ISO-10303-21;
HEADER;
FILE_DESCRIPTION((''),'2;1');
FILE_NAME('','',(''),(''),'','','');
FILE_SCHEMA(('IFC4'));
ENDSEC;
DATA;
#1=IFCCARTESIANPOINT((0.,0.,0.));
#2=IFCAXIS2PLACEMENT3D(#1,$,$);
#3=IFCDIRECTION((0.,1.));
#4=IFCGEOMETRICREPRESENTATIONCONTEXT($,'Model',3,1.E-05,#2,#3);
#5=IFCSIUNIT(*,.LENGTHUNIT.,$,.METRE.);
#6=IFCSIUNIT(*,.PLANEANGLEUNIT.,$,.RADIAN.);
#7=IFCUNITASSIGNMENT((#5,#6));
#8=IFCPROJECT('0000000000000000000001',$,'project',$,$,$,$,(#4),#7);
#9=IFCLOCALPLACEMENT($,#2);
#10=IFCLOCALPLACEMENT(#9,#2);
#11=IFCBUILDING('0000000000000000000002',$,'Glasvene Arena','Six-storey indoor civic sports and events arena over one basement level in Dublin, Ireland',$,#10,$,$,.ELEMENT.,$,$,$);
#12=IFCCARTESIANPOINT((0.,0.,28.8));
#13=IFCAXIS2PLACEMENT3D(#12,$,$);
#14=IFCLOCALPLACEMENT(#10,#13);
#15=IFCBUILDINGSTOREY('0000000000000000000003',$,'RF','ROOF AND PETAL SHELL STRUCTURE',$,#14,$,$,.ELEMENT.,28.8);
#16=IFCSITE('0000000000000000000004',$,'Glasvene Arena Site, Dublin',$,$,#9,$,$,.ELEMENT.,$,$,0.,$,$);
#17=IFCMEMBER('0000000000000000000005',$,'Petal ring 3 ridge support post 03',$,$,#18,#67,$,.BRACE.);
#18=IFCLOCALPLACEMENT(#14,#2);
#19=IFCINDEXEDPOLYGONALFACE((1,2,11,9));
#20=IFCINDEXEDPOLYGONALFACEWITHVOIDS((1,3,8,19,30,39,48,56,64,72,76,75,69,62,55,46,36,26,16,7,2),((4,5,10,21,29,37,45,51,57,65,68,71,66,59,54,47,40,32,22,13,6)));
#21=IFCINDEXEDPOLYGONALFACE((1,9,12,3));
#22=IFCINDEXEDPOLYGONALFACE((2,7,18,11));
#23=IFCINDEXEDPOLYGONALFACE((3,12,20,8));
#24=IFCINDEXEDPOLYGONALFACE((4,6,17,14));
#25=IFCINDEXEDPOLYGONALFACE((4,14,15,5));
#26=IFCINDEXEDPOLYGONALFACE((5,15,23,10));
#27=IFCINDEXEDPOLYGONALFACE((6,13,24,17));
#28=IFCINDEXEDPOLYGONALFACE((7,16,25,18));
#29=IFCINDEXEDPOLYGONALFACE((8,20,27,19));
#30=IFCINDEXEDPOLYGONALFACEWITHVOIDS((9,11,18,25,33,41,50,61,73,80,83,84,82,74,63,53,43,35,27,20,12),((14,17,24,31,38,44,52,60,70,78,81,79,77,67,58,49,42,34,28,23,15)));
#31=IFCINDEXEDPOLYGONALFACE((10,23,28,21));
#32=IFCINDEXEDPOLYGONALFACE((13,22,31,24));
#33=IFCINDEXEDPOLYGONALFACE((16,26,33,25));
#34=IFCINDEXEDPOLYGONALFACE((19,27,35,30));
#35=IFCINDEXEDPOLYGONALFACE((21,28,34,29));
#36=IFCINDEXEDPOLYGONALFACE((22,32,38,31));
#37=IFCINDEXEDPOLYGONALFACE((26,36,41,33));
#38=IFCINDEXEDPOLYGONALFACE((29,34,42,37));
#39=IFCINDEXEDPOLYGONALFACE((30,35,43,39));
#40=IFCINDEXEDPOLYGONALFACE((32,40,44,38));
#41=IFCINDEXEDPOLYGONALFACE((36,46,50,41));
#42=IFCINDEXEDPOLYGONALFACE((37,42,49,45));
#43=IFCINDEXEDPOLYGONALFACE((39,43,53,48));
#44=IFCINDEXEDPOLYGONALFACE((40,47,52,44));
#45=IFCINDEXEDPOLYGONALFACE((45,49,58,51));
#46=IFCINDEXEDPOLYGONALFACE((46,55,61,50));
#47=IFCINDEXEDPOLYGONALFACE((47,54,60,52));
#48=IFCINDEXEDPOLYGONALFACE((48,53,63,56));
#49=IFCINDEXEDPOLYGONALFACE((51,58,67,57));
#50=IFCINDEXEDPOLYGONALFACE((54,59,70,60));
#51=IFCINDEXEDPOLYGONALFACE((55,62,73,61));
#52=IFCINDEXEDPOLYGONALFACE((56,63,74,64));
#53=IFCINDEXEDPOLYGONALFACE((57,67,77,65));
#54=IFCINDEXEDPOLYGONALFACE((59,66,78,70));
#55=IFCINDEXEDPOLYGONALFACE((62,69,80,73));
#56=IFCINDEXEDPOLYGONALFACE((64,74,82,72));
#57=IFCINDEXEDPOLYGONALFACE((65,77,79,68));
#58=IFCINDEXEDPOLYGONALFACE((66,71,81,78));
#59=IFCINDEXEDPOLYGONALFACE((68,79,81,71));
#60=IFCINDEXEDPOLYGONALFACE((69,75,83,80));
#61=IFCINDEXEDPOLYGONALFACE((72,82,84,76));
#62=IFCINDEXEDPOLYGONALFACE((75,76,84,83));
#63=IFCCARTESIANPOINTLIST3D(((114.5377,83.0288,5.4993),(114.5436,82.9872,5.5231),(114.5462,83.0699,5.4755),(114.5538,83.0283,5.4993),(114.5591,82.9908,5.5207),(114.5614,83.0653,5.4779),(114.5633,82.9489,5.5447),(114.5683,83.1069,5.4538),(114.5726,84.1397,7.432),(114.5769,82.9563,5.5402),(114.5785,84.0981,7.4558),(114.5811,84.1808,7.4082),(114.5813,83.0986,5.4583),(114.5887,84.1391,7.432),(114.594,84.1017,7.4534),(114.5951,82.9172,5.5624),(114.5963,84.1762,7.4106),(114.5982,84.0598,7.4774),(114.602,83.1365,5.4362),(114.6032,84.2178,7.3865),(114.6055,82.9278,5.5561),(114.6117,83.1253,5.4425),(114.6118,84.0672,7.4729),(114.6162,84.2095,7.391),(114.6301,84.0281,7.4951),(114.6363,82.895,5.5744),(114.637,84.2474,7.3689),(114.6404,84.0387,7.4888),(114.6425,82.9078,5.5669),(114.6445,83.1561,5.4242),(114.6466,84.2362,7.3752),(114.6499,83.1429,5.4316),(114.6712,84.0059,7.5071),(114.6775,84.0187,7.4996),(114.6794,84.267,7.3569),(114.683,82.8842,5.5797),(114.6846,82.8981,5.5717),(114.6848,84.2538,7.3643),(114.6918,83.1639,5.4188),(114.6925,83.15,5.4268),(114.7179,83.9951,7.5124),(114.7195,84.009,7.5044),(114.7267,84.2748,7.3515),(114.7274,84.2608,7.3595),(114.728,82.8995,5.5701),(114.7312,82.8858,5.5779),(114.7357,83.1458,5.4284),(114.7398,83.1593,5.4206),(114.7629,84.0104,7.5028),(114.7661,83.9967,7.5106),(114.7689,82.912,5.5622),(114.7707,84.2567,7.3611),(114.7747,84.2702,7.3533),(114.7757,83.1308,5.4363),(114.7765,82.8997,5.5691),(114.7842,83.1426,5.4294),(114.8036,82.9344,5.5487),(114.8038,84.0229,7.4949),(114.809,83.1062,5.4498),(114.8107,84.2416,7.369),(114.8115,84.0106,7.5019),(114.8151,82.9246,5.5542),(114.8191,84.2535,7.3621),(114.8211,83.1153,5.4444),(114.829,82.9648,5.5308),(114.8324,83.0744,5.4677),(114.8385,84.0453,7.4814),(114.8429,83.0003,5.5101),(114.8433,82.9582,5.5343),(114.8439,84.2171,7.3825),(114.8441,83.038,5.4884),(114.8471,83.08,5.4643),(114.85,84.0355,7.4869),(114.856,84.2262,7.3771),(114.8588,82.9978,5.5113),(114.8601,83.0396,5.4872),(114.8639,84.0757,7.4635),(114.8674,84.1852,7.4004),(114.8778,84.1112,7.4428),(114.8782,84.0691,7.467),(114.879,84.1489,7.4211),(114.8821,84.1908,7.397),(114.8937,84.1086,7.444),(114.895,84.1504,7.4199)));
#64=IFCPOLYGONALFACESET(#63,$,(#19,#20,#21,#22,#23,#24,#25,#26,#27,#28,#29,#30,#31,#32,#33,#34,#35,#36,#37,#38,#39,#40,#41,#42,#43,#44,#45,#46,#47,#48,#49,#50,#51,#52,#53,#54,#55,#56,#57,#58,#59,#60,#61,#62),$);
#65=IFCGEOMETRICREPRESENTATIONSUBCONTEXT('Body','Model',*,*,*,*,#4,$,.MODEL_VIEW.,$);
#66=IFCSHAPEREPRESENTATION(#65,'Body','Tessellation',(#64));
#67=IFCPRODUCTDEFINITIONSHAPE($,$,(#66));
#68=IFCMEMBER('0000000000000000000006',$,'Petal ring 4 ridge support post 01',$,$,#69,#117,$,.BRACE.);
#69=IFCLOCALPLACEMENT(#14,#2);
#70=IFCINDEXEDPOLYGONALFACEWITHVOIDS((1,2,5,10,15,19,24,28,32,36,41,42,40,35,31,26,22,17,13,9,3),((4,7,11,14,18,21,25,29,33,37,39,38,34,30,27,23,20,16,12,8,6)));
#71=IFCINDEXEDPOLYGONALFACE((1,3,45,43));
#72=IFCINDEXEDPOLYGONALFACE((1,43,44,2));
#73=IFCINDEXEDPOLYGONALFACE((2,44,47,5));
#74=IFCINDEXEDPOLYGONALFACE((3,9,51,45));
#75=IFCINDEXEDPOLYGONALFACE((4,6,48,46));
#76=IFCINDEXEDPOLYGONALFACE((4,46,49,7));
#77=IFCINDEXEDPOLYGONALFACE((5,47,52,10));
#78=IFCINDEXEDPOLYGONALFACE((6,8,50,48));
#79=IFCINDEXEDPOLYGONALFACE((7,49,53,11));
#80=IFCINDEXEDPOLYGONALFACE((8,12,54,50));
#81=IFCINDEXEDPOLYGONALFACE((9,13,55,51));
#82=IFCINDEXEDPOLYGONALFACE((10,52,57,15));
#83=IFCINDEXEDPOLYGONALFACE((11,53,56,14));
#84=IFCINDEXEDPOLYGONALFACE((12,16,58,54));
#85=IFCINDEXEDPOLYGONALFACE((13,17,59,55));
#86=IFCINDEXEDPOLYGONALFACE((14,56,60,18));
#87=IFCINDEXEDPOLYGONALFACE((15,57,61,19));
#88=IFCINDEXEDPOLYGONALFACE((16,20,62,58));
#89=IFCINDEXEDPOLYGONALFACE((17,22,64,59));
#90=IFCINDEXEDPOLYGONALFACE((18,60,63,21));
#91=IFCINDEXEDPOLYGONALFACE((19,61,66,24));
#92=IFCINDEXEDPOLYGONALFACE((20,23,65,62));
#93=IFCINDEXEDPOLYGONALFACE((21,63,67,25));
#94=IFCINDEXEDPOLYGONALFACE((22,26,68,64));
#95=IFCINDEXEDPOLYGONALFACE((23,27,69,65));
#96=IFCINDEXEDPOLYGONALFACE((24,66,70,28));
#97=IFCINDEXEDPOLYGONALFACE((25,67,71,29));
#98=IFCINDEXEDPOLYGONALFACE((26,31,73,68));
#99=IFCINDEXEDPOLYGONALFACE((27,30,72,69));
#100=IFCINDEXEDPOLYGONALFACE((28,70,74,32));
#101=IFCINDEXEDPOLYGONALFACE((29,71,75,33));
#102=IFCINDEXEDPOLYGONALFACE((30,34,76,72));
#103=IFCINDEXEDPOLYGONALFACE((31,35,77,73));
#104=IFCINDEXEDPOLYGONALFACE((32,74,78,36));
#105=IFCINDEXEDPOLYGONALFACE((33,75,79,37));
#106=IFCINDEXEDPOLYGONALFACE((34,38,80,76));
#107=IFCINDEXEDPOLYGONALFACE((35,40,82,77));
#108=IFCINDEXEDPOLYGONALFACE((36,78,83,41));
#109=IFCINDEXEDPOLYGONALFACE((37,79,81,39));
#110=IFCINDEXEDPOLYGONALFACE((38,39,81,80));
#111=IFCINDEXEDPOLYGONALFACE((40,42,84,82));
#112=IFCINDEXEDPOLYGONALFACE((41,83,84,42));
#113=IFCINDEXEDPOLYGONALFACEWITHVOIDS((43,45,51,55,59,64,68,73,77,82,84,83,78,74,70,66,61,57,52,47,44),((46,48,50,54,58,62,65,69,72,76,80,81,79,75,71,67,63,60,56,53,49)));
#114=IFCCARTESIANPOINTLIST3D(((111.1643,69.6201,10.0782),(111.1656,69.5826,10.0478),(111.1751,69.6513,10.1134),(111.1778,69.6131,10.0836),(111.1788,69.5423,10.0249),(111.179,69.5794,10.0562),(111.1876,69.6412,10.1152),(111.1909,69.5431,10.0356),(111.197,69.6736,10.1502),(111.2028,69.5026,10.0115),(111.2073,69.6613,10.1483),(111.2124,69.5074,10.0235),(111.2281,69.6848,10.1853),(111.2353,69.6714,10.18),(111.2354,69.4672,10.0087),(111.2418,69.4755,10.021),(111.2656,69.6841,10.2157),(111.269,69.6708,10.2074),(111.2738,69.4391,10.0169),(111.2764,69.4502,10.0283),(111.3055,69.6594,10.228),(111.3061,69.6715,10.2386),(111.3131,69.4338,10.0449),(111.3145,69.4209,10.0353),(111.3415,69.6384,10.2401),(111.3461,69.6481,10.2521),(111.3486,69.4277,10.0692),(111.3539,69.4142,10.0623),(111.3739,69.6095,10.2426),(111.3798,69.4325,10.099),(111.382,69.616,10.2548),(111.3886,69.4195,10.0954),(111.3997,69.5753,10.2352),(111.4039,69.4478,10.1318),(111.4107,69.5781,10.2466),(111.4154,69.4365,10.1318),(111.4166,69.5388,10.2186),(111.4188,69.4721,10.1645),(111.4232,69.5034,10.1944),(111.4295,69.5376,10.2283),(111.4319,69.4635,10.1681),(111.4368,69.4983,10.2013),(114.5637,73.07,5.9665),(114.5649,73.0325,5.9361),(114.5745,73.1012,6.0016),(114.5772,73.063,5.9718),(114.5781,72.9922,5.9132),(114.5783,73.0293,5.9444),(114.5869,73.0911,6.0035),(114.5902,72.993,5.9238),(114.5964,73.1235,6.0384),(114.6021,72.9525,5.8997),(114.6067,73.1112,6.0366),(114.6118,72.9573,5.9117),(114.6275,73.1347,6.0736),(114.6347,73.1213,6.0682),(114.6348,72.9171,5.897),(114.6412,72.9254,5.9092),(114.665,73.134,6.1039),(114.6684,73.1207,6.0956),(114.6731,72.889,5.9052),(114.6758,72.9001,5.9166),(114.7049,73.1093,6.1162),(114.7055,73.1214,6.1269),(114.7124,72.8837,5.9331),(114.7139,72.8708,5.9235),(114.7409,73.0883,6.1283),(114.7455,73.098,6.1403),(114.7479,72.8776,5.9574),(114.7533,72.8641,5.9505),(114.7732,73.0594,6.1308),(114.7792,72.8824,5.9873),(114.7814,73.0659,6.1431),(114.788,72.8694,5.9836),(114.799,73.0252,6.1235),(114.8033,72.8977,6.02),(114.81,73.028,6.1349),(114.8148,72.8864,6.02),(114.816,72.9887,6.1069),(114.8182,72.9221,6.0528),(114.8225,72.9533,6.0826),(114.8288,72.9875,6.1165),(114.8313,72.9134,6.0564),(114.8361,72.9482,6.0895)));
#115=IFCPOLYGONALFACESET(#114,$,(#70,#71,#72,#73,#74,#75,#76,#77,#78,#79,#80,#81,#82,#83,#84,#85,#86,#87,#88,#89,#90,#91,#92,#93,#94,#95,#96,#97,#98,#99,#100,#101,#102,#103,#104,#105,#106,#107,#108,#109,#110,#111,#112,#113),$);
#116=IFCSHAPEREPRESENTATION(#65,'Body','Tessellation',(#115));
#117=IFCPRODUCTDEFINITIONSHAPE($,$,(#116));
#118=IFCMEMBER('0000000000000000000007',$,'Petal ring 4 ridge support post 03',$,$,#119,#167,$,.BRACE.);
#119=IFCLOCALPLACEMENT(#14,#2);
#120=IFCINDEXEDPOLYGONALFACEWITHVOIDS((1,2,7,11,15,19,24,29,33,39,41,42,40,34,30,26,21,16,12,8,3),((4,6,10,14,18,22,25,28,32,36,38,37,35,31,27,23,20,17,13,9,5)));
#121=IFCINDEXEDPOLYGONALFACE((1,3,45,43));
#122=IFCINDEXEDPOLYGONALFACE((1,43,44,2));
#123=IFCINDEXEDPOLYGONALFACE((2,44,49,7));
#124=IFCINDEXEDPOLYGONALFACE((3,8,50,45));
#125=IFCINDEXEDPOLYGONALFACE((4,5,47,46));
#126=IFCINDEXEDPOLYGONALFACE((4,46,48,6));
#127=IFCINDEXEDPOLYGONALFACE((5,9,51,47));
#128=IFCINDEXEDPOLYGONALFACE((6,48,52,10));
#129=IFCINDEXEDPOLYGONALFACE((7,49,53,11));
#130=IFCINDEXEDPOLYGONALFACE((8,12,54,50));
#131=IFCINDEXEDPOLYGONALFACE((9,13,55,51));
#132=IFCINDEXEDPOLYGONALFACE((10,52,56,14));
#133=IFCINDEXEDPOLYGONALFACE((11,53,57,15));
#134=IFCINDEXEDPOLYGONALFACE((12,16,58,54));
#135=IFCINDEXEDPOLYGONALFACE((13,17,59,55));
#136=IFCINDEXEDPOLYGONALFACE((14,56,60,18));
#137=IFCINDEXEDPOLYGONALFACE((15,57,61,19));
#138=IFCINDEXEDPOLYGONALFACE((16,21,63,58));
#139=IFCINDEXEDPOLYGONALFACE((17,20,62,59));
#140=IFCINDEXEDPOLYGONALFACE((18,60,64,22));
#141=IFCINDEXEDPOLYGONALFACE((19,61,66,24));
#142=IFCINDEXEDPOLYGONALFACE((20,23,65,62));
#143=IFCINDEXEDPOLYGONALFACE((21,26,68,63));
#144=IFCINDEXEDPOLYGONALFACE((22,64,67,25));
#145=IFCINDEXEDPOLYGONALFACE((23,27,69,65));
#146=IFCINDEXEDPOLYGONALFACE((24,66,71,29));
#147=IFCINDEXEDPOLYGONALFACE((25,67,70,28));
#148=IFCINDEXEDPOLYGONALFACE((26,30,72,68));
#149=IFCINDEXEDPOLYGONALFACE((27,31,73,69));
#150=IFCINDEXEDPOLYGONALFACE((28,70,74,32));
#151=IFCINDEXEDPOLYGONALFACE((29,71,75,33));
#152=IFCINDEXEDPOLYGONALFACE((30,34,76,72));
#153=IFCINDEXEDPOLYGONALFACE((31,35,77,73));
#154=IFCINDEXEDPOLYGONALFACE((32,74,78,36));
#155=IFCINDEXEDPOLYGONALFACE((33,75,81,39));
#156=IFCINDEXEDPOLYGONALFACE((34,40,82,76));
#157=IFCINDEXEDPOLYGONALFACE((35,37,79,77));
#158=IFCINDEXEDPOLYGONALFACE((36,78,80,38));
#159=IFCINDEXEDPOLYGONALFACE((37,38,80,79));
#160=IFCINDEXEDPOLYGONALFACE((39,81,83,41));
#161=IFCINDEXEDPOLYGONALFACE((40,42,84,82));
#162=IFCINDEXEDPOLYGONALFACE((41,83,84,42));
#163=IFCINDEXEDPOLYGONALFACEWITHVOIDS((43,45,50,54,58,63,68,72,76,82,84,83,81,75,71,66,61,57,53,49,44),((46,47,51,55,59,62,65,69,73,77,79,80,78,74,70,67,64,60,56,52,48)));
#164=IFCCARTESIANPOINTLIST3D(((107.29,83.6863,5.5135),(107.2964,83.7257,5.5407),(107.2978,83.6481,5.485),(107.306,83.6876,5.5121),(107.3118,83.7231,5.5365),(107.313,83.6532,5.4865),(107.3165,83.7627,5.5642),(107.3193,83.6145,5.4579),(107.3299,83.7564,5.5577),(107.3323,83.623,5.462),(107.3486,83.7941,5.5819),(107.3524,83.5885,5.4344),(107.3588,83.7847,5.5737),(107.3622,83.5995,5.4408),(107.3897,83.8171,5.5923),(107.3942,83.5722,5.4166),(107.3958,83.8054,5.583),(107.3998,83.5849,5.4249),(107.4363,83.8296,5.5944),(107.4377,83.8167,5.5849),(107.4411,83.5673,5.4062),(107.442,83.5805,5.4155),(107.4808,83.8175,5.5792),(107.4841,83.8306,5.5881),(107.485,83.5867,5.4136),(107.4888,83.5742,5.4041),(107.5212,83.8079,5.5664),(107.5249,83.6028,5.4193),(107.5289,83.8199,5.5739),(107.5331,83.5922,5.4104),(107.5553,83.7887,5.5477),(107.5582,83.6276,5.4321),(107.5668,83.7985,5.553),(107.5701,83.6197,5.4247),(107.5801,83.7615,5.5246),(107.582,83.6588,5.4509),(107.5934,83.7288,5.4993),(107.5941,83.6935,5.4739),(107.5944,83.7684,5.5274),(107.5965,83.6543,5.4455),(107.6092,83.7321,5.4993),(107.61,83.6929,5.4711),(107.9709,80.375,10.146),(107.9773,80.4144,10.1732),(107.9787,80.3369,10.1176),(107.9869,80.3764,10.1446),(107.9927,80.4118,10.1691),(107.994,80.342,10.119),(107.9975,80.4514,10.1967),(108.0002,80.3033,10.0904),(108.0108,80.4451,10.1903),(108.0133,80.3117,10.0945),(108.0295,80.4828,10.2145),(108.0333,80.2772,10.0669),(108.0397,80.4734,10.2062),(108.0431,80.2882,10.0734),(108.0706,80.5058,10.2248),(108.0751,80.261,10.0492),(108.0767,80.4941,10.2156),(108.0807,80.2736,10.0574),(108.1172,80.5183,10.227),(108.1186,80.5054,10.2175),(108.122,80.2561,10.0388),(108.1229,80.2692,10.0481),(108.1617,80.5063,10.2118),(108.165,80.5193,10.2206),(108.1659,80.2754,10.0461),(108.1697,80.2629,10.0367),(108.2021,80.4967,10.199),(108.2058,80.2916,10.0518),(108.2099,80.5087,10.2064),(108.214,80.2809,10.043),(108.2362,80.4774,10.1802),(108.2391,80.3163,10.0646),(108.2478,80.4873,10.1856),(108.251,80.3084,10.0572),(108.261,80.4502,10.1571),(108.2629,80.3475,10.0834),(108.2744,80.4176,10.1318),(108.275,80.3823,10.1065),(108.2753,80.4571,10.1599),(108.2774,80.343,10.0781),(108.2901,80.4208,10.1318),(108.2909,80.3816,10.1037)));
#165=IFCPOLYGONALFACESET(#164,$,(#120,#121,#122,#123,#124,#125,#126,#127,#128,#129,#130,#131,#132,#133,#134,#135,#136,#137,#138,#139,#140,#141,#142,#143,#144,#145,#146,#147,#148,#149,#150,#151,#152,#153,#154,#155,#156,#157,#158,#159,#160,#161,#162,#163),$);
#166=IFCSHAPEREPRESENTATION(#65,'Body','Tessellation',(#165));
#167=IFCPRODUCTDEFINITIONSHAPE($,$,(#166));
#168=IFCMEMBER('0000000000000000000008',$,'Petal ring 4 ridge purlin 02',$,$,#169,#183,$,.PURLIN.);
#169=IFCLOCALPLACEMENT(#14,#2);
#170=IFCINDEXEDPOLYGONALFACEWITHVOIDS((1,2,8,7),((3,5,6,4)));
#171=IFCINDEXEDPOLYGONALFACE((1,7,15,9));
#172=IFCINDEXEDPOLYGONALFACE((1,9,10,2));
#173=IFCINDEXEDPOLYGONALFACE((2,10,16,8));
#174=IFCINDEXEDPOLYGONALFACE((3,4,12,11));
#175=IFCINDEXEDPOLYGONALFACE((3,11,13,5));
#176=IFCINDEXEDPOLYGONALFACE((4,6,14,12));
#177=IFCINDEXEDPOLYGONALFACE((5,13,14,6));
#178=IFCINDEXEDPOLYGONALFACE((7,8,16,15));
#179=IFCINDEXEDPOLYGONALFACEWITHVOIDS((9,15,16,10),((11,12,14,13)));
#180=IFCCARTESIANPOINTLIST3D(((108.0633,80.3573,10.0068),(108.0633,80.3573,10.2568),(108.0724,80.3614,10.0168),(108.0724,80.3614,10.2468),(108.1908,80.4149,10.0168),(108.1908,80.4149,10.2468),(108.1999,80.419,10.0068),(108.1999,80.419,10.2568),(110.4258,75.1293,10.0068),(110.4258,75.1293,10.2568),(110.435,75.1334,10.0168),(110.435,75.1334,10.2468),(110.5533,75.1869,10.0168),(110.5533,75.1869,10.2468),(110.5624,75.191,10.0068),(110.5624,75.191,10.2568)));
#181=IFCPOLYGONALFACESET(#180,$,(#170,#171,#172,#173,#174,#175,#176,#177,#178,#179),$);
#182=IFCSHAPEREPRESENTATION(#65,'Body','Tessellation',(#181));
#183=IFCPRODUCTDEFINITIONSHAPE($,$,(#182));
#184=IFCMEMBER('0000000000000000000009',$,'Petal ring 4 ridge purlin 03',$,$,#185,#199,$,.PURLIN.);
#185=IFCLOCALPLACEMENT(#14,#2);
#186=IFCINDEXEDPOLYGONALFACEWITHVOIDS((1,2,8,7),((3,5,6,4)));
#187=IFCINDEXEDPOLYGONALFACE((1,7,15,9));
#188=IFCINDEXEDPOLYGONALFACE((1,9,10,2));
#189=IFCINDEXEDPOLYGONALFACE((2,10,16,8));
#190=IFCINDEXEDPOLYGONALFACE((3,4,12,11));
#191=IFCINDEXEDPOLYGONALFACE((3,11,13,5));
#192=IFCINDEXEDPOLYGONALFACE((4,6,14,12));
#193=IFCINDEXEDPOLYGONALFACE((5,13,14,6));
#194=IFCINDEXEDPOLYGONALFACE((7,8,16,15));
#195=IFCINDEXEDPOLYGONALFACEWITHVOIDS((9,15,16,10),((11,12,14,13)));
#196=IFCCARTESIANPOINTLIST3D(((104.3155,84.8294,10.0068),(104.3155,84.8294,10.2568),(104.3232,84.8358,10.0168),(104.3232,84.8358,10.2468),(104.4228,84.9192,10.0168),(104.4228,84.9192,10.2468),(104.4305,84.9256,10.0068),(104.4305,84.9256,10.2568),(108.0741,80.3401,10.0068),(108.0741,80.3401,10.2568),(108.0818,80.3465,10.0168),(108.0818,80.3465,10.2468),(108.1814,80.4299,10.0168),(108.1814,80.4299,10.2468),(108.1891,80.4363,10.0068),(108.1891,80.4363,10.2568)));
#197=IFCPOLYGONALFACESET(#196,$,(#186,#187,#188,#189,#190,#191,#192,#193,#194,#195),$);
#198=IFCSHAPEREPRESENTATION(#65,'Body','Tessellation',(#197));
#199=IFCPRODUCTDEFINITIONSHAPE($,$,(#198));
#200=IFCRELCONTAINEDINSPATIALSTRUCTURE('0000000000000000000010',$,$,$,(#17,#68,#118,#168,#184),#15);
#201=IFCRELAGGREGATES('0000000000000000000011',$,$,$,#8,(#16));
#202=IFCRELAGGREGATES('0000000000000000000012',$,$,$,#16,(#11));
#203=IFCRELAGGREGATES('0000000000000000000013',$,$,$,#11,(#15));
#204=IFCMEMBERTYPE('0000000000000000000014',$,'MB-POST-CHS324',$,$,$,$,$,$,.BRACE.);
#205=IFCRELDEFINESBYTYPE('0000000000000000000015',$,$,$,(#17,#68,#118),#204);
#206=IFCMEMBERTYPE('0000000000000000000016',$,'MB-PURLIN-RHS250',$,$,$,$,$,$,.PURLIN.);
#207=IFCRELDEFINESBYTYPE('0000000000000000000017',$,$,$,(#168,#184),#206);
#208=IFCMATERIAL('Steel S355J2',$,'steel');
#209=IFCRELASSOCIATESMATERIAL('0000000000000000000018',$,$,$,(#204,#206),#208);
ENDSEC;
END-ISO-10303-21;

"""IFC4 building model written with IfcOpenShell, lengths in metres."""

from ifc_helpers import new_model, si_unit, direction, frame, origin, origin_2d, place, context, subcontext, project, spatial, hollow_rectangle, hollow_circle, extrude, material, material_profile, profile_set, type_object, element, save


model = new_model("IFC4")

# Units and contexts
model_context = context("Model", 3, precision=1e-05, world=origin(), true_north=direction((0.0, 1.0)))
body_context = subcontext(model_context, "Body", "Model", "MODEL_VIEW")
ifc_project = project(units=[si_unit("LENGTHUNIT", "METRE"), si_unit("PLANEANGLEUNIT", "RADIAN")], contexts=[model_context])

# Site, building, storey
site_placement = place(None, origin())
site = spatial("IfcSite", under=ifc_project, at=site_placement, Name="Glasvene Arena Site, Dublin", CompositionType="ELEMENT", RefElevation=0.0)
building_placement = place(site_placement, origin())
building = spatial("IfcBuilding", under=site, at=building_placement, Name="Glasvene Arena", Description="Six-storey indoor civic sports and events arena over one basement level in Dublin, Ireland", CompositionType="ELEMENT")
storey_placement = place(building_placement, frame((0.0, 0.0, 28.8)))
storey = spatial("IfcBuildingStorey", under=building, at=storey_placement, Name="RF", Description="ROOF AND PETAL SHELL STRUCTURE", CompositionType="ELEMENT", Elevation=28.8)

# Members
ifc_material_1 = material(Name="Steel S355J2", Category="steel")
ifc_material_profile_1 = material_profile(ifc_material_1, hollow_circle(Radius=0.1619, WallThickness=0.0161, at=origin_2d()), Name="CHS 323.9x16.0")
ifc_profile_set_1 = profile_set([ifc_material_profile_1], Name="Steel S355J2")
member_type_1 = type_object("IfcMemberType", Name="MB-POST-CHS324", PredefinedType="BRACE", material=ifc_profile_set_1)
member_1_placement = place(storey_placement, frame((114.6995, 83.0237, 5.4993), z_axis=(0.01566, 0.49827, 0.86688), x_axis=(-0.999506, 0.031413, 0.0)))
element("IfcMember", 1, at=member_1_placement, inside=storey, type_object=member_type_1, Name="Petal ring 3 ridge support post 03", PredefinedType="BRACE", context=body_context, shape_type="SweptSolid", body=[
    extrude(hollow_circle(Radius=0.1619, WallThickness=0.0161, at=origin_2d()), origin(), (0.0, 0.0, 1.0), 2.2295),
])
member_2_placement = place(storey_placement, frame((114.6995, 73.0, 6.02), z_axis=(-0.535057, -0.543012, 0.647187), x_axis=(0.712305, -0.70187, 0.0)))
element("IfcMember", 2, at=member_2_placement, inside=storey, type_object=member_type_1, Name="Petal ring 4 ridge support post 01", PredefinedType="BRACE", context=body_context, shape_type="SweptSolid", body=[
    extrude(hollow_circle(Radius=0.1619, WallThickness=0.0161, at=origin_2d()), origin(), (0.0, 0.0, 1.0), 6.3533),
])
member_3_placement = place(storey_placement, frame((107.4507, 83.6995, 5.4993), z_axis=(0.118731, -0.577393, 0.807788), x_axis=(0.979505, 0.201419, 0.0)))
element("IfcMember", 3, at=member_3_placement, inside=storey, type_object=member_type_1, Name="Petal ring 4 ridge support post 03", PredefinedType="BRACE", context=body_context, shape_type="SweptSolid", body=[
    extrude(hollow_circle(Radius=0.1619, WallThickness=0.0161, at=origin_2d()), origin(), (0.0, 0.0, 1.0), 5.7349),
])
ifc_material_profile_2 = material_profile(ifc_material_1, hollow_rectangle(XDim=0.1499, YDim=0.25, WallThickness=0.01, at=origin_2d()), Name="RHS 250x150x10.0")
ifc_profile_set_2 = profile_set([ifc_material_profile_2], Name="Steel S355J2")
member_type_2 = type_object("IfcMemberType", Name="MB-PURLIN-RHS250", PredefinedType="PURLIN", material=ifc_profile_set_2)
member_4_placement = place(storey_placement, frame((110.4941, 75.1602, 10.1318), z_axis=(-0.411804, 0.911272, 0.0), x_axis=(-0.911272, -0.411804, 0.0)))
element("IfcMember", 4, at=member_4_placement, inside=storey, type_object=member_type_2, Name="Petal ring 4 ridge purlin 02", PredefinedType="PURLIN", context=body_context, shape_type="SweptSolid", body=[
    extrude(hollow_rectangle(XDim=0.1499, YDim=0.25, WallThickness=0.01, at=origin_2d()), origin(), (0.0, 0.0, 1.0), 5.7371),
])
member_5_placement = place(storey_placement, frame((108.1316, 80.3882, 10.1318), z_axis=(-0.641946, 0.76675, 0.0), x_axis=(-0.76675, -0.641946, 0.0)))
element("IfcMember", 5, at=member_5_placement, inside=storey, type_object=member_type_2, Name="Petal ring 4 ridge purlin 03", PredefinedType="PURLIN", context=body_context, shape_type="SweptSolid", body=[
    extrude(hollow_rectangle(XDim=0.1499, YDim=0.25, WallThickness=0.01, at=origin_2d()), origin(), (0.0, 0.0, 1.0), 5.855),
])

save(model, "model.ifc")
